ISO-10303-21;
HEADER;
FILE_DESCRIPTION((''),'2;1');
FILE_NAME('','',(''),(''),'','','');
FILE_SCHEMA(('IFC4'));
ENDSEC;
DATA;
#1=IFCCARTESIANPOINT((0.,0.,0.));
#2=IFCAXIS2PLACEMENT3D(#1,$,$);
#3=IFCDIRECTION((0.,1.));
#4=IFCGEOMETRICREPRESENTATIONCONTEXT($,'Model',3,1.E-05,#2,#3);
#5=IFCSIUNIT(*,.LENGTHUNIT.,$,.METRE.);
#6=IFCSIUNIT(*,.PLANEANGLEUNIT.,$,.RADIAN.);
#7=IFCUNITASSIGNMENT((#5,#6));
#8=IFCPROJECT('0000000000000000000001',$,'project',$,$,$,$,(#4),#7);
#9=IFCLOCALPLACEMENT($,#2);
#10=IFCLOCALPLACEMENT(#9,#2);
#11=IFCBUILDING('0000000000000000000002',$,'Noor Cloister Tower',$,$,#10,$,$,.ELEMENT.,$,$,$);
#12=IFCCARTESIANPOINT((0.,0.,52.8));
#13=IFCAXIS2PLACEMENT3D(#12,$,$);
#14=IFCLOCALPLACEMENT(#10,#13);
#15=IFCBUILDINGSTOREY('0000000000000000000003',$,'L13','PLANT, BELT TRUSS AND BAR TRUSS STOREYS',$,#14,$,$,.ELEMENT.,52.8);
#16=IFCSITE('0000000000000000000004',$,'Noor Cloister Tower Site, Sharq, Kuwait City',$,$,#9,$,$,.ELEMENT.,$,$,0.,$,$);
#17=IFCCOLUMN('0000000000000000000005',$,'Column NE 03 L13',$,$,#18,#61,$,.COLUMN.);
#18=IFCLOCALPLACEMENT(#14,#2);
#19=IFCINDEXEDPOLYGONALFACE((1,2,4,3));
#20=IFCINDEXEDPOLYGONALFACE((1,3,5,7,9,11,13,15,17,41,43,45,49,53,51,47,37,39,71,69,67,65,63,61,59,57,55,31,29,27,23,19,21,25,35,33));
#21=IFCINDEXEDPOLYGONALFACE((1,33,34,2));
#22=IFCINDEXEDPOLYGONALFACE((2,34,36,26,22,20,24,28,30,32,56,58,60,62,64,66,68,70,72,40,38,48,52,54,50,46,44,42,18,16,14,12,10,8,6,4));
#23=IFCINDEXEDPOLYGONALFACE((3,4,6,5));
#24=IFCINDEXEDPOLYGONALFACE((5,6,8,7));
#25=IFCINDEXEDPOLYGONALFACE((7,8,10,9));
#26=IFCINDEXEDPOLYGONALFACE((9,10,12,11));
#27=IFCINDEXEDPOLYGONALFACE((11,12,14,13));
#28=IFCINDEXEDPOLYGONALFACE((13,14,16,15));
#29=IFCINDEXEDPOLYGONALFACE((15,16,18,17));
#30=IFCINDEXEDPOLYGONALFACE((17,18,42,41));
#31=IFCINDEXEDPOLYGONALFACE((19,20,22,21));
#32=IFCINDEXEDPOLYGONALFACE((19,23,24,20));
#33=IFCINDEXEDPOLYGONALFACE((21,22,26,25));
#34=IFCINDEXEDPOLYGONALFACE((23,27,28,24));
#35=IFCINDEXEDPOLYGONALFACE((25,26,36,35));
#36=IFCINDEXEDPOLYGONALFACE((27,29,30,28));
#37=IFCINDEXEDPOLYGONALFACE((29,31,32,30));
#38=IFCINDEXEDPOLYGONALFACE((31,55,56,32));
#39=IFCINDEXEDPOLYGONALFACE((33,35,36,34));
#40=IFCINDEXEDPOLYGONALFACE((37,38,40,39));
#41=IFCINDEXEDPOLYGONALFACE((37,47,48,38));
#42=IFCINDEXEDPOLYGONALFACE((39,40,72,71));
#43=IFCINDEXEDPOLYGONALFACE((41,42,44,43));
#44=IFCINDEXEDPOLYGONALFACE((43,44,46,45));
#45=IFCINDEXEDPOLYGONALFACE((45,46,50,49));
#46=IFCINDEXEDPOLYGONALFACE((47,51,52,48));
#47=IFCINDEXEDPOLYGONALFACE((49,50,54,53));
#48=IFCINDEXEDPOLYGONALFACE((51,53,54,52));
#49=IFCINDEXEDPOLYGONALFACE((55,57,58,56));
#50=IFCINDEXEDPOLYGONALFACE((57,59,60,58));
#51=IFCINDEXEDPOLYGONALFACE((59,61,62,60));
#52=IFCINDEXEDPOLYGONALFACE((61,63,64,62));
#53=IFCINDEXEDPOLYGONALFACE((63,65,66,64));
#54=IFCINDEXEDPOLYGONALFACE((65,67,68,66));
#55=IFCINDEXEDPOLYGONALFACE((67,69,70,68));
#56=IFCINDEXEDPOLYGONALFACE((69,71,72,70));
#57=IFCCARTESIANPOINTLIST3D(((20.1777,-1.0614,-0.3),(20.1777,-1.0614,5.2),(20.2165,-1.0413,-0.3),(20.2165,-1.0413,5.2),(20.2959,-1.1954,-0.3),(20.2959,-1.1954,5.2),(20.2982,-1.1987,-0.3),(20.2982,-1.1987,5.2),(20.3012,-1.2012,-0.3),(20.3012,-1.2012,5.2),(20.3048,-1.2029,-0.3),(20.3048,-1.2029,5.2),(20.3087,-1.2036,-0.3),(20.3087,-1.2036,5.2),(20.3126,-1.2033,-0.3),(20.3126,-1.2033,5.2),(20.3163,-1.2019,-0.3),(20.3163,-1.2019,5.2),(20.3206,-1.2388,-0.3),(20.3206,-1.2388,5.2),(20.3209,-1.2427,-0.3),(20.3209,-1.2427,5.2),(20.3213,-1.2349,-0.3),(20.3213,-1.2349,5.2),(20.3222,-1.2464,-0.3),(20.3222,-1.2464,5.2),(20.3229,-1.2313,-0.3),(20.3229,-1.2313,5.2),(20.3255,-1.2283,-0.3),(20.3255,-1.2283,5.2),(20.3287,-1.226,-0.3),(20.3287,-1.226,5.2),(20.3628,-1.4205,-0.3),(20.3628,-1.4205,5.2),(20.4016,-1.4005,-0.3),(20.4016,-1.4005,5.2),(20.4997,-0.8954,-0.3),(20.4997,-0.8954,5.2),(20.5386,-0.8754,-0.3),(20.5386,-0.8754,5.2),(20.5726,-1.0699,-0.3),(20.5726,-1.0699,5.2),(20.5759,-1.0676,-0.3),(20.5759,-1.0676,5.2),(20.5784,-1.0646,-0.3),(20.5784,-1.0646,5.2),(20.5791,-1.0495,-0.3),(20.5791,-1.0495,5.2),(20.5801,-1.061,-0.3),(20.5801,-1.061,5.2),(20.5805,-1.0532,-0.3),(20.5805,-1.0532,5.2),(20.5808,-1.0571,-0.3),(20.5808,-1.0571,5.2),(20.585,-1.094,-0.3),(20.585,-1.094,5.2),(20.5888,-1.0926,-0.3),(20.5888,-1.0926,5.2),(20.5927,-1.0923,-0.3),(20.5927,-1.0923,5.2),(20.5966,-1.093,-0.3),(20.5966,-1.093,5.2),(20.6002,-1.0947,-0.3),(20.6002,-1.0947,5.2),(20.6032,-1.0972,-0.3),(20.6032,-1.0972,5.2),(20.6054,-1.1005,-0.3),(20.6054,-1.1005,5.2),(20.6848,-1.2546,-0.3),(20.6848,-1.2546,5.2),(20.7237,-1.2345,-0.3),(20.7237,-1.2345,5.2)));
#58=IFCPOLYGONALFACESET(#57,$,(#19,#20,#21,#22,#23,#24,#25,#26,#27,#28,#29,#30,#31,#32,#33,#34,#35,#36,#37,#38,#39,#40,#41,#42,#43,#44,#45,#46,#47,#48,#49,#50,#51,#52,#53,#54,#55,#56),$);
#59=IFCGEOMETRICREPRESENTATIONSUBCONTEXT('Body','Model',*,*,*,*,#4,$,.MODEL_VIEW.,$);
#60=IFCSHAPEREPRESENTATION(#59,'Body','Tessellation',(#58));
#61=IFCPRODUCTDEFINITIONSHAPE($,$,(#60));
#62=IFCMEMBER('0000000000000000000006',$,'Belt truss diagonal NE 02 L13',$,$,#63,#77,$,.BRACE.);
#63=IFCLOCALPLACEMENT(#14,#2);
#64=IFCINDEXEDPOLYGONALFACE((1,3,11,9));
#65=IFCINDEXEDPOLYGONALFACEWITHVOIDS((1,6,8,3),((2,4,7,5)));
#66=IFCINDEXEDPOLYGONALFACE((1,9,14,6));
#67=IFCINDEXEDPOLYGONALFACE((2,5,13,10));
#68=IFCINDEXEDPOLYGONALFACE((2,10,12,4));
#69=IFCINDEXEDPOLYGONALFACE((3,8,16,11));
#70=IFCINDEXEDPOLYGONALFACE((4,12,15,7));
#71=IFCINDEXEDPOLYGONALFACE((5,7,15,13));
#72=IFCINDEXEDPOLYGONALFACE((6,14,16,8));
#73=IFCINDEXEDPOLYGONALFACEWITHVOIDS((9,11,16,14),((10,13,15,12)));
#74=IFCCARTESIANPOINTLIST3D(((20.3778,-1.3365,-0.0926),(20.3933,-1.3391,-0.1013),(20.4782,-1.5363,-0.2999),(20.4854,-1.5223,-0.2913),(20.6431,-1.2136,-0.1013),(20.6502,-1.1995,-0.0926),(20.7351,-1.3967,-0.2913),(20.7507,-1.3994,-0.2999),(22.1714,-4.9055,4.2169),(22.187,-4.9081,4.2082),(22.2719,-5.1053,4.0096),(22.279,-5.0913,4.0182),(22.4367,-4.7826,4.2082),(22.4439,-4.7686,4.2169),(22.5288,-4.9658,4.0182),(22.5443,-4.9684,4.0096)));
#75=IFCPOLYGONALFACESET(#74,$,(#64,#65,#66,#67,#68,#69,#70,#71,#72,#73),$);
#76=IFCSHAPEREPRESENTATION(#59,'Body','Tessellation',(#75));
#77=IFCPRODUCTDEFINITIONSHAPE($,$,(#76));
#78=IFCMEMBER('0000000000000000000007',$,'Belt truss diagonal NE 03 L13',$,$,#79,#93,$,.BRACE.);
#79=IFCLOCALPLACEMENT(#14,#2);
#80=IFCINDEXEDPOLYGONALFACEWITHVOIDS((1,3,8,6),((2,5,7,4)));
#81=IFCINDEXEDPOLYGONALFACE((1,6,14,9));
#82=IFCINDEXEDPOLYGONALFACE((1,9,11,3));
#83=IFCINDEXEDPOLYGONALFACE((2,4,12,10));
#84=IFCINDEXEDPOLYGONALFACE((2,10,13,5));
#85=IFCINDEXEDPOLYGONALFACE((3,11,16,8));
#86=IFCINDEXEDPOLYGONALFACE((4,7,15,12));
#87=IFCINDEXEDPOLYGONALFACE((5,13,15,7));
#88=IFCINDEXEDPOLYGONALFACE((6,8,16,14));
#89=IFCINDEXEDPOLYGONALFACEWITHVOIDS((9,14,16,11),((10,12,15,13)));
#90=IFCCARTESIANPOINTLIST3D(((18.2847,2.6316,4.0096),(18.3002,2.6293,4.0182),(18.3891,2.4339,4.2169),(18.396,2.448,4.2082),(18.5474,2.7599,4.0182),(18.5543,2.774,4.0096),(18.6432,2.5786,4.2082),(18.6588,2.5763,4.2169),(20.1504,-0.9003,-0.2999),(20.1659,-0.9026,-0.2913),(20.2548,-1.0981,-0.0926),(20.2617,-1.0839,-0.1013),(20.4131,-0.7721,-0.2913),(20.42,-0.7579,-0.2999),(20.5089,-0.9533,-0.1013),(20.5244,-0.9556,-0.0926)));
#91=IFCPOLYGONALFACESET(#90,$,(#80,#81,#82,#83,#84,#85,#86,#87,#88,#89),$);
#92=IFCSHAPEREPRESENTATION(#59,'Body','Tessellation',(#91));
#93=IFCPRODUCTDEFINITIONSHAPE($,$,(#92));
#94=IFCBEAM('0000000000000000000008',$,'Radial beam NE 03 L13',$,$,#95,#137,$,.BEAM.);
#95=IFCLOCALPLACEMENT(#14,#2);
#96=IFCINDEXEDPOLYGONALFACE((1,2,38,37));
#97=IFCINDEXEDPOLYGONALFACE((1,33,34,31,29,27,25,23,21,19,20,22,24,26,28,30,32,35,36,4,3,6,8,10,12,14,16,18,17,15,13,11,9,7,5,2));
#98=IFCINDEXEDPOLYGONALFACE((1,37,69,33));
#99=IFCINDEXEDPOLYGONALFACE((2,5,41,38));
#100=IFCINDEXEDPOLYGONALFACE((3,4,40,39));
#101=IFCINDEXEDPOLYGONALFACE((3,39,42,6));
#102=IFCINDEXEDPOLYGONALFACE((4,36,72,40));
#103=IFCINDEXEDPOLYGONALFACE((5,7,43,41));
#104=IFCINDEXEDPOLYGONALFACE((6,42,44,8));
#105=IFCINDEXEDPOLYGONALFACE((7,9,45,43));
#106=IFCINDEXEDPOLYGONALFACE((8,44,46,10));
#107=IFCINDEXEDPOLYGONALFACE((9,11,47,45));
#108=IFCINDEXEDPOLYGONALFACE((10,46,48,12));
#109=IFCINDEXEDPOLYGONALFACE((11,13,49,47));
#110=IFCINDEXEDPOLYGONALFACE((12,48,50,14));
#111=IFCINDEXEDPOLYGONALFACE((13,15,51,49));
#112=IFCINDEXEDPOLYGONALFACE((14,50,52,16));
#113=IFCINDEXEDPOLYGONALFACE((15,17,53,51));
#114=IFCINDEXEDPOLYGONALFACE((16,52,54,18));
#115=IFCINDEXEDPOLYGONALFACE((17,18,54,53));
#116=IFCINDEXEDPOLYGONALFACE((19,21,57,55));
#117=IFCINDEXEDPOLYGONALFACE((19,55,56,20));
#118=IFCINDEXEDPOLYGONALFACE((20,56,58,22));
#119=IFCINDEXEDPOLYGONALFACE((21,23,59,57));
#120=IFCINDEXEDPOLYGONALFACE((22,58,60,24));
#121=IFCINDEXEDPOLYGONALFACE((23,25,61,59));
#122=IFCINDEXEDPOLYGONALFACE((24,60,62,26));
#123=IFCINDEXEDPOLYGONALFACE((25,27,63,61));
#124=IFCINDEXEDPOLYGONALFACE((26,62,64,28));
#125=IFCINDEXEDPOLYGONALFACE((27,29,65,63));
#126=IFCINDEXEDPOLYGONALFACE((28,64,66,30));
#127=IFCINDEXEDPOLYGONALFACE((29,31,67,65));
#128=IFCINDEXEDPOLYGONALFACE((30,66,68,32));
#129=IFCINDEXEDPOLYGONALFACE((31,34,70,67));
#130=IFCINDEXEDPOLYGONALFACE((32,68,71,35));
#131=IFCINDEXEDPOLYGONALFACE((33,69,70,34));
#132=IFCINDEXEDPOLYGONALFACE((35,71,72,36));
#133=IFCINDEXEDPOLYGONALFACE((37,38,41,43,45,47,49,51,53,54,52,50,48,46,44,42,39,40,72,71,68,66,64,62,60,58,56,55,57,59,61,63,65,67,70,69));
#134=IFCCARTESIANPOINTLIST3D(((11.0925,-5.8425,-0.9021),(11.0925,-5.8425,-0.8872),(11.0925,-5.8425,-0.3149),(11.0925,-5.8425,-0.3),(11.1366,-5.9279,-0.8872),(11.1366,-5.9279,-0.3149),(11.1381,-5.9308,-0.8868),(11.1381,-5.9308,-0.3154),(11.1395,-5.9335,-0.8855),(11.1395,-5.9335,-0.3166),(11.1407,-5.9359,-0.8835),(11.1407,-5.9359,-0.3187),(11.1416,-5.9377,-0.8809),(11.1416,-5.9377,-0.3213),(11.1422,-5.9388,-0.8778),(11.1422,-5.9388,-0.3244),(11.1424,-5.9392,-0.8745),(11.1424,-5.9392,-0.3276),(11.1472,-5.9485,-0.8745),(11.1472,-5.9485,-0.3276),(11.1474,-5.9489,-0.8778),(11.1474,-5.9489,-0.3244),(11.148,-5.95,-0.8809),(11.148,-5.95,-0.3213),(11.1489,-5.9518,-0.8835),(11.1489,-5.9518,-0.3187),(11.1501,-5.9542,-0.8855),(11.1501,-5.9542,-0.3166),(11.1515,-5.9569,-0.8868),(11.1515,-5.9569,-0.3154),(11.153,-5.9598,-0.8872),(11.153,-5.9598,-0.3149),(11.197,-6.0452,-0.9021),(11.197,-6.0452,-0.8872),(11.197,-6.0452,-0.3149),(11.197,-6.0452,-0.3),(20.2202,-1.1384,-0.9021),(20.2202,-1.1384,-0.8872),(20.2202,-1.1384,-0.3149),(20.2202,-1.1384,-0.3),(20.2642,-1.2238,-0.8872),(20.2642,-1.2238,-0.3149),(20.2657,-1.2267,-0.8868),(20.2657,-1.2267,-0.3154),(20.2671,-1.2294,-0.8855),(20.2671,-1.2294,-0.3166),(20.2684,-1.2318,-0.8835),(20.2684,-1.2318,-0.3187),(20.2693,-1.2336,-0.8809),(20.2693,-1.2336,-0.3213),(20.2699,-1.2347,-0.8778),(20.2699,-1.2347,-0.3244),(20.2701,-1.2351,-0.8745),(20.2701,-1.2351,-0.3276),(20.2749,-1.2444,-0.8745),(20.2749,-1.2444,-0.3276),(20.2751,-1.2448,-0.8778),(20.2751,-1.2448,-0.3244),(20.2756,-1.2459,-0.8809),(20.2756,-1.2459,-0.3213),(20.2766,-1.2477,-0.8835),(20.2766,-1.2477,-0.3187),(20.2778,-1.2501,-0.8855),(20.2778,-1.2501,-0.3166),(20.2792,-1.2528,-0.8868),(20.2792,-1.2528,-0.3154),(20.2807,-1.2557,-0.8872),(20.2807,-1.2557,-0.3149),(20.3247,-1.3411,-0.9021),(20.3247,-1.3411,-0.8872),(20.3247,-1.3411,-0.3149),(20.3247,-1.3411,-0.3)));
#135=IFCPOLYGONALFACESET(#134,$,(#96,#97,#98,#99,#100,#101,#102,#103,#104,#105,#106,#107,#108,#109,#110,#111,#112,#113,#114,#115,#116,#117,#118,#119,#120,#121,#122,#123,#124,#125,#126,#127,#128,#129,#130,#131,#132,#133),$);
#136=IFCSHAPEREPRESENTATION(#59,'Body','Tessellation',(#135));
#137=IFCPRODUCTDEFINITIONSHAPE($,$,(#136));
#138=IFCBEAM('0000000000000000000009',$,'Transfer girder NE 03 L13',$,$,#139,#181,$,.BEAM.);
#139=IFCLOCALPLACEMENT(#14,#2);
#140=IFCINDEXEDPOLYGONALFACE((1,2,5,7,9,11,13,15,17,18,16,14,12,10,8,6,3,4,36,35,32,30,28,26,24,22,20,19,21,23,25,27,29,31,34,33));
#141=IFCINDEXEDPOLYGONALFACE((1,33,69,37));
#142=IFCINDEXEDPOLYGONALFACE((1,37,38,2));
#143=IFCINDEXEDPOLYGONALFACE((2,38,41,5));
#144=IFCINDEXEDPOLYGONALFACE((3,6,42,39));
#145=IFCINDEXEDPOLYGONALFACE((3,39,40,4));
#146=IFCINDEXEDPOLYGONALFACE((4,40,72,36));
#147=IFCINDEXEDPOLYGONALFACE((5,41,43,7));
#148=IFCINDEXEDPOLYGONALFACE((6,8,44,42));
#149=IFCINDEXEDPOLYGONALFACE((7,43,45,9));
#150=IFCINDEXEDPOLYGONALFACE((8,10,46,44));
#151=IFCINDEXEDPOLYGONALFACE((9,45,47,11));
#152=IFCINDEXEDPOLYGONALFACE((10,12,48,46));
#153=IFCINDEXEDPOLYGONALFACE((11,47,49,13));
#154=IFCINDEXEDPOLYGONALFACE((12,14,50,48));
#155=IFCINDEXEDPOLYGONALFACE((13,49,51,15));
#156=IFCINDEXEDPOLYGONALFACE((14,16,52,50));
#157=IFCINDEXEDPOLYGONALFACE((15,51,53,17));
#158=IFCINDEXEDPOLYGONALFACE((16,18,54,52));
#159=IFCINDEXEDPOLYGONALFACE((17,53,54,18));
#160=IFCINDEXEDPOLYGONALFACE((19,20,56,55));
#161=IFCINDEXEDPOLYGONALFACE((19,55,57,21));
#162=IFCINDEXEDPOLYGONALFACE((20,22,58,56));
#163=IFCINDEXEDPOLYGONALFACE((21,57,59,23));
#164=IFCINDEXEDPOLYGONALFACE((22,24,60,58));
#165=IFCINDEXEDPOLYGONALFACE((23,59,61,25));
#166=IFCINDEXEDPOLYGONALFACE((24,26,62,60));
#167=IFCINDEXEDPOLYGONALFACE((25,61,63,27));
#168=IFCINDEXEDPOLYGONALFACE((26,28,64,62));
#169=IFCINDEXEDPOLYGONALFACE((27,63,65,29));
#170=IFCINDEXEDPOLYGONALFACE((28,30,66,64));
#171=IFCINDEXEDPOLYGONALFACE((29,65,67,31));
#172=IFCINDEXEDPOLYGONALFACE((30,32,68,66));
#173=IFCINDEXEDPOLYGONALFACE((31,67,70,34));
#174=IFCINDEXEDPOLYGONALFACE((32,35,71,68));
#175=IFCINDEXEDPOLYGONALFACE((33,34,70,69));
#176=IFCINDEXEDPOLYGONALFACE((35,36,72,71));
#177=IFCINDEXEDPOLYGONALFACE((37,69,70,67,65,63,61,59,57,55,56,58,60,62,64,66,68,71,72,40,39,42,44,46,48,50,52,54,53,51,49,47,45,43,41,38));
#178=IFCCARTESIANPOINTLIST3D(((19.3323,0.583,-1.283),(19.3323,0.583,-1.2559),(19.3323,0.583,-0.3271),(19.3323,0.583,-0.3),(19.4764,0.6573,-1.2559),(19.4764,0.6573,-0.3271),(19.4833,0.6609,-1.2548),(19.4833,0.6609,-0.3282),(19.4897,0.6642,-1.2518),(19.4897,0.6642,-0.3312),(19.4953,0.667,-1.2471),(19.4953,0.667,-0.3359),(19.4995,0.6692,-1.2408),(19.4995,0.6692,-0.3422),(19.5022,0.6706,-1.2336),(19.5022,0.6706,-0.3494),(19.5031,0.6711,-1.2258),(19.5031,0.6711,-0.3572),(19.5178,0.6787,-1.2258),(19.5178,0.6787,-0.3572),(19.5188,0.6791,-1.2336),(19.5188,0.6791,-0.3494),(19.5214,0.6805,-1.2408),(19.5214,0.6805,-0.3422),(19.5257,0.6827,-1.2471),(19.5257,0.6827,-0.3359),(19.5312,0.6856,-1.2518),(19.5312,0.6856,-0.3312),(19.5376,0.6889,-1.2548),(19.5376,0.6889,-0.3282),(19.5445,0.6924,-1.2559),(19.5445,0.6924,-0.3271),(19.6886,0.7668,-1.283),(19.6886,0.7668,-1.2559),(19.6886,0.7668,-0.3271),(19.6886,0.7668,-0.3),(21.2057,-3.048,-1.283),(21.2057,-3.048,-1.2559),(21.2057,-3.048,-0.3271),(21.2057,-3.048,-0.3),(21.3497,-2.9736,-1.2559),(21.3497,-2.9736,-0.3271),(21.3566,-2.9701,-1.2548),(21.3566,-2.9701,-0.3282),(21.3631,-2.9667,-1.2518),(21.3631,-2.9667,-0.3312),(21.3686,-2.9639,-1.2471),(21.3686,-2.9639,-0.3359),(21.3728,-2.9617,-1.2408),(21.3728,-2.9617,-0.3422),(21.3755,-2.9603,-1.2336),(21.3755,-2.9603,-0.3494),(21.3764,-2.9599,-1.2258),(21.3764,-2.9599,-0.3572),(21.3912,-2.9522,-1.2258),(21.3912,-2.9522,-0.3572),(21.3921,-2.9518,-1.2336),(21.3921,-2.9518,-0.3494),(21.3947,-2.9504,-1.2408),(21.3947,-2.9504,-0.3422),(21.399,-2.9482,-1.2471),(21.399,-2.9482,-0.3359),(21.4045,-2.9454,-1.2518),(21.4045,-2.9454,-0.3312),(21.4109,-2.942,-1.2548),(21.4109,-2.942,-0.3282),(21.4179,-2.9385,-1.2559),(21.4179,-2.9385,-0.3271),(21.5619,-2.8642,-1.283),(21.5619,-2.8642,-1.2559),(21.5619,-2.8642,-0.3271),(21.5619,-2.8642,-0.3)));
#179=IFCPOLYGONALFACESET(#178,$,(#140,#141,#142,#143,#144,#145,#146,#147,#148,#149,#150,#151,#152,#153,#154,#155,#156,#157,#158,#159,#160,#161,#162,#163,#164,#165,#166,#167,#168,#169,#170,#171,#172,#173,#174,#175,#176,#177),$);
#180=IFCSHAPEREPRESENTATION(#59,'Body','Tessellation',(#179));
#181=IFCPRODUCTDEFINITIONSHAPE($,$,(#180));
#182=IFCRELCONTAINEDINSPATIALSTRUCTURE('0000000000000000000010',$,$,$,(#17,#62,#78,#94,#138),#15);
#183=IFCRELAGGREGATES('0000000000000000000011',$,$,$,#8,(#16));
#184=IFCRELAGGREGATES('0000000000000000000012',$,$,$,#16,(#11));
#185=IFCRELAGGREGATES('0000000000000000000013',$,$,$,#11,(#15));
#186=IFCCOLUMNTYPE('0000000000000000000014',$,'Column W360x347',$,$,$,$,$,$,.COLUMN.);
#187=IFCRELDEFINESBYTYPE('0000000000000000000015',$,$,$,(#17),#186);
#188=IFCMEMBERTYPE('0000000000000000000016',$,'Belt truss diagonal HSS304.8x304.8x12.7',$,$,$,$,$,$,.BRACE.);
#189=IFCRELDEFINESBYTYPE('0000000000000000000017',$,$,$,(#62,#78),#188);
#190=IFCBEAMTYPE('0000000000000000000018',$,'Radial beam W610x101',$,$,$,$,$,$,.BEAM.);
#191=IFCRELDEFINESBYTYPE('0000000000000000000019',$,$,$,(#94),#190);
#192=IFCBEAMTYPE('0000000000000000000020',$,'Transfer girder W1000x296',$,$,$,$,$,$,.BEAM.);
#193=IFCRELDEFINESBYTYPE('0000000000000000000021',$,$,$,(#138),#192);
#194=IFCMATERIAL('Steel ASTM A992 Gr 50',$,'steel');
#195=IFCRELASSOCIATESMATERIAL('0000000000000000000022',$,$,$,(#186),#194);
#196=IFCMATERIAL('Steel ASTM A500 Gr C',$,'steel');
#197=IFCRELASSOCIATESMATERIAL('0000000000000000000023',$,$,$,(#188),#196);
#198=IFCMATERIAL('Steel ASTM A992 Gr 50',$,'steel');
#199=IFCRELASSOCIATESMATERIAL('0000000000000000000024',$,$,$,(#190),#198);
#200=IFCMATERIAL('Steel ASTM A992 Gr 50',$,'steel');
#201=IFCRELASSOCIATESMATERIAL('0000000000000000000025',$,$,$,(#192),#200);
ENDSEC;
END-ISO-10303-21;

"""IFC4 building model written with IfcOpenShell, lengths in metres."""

from ifc_helpers import new_model, si_unit, direction, frame, origin, origin_2d, place, context, subcontext, project, spatial, hollow_rectangle, i_section, extrude, material, material_profile, profile_set, type_object, element, save


model = new_model("IFC4")

# Units and contexts
model_context = context("Model", 3, precision=1e-05, world=origin(), true_north=direction((0.0, 1.0)))
body_context = subcontext(model_context, "Body", "Model", "MODEL_VIEW")
ifc_project = project(units=[si_unit("LENGTHUNIT", "METRE"), si_unit("PLANEANGLEUNIT", "RADIAN")], contexts=[model_context])

# Site, building, storey
site_placement = place(None, origin())
site = spatial("IfcSite", under=ifc_project, at=site_placement, Name="Noor Cloister Tower Site, Sharq, Kuwait City", CompositionType="ELEMENT", RefElevation=0.0)
building_placement = place(site_placement, origin())
building = spatial("IfcBuilding", under=site, at=building_placement, Name="Noor Cloister Tower", CompositionType="ELEMENT")
storey_placement = place(building_placement, frame((0.0, 0.0, 52.8)))
storey = spatial("IfcBuildingStorey", under=building, at=storey_placement, Name="L13", Description="PLANT, BELT TRUSS AND BAR TRUSS STOREYS", CompositionType="ELEMENT", Elevation=52.8)

# Column
ifc_material_1 = material(Name="Steel ASTM A992 Gr 50", Category="steel")
ifc_material_profile_1 = material_profile(ifc_material_1, i_section(OverallWidth=0.4041, OverallDepth=0.406, WebThickness=0.0271, FlangeThickness=0.0437, FilletRadius=0.0151, at=origin_2d()), Name="W360x347")
ifc_profile_set_1 = profile_set([ifc_material_profile_1], Name="Steel ASTM A992 Gr 50")
column_type = type_object("IfcColumnType", Name="Column W360x347", PredefinedType="COLUMN", material=ifc_profile_set_1)
column_placement = place(storey_placement, frame((20.4507, -1.1479, -0.3), z_axis=(0.0, 0.0, 1.0), x_axis=(-0.458101, 0.8889, 0.0)))
element("IfcColumn", 1, at=column_placement, inside=storey, type_object=column_type, Name="Column NE 03 L13", PredefinedType="COLUMN", context=body_context, shape_type="SweptSolid", body=[
    extrude(i_section(OverallWidth=0.4041, OverallDepth=0.406, WebThickness=0.0271, FlangeThickness=0.0437, FilletRadius=0.0151, at=origin_2d()), origin(), (0.0, 0.0, 1.0), 5.5),
])

# Members
ifc_material_2 = material(Name="Steel ASTM A500 Gr C", Category="steel")
ifc_material_profile_2 = material_profile(ifc_material_2, hollow_rectangle(XDim=0.3049, YDim=0.3049, WallThickness=0.0127, at=origin_2d()), Name="HSS304.8x304.8x12.7")
ifc_profile_set_2 = profile_set([ifc_material_profile_2], Name="Steel ASTM A500 Gr C")
member_type = type_object("IfcMemberType", Name="Belt truss diagonal HSS304.8x304.8x12.7", PredefinedType="BRACE", material=ifc_profile_set_2)
for number, where, z_axis, x_axis, name in (
    (2, (20.5642, -1.3679, -0.1963), (0.305255, -0.607395, 0.733411), (0.893509, 0.449046, 0.0), "Belt truss diagonal NE 02 L13"),
    (3, (20.3374, -0.928, -0.1963), (-0.317512, 0.601079, 0.73341), (-0.884217, -0.467076, 0.0), "Belt truss diagonal NE 03 L13"),
):
    element("IfcMember", number, at=place(storey_placement, frame(where, z_axis=z_axis, x_axis=x_axis)), inside=storey, type_object=member_type, Name=name, PredefinedType="BRACE", context=body_context, shape_type="SweptSolid", body=[
        extrude(hollow_rectangle(XDim=0.3049, YDim=0.3049, WallThickness=0.0127, at=origin_2d()), origin(), (0.0, 0.0, 1.0), 5.876),
    ])

# Beams
ifc_material_3 = material(Name="Steel ASTM A992 Gr 50", Category="steel")
ifc_material_profile_3 = material_profile(ifc_material_3, i_section(OverallWidth=0.228, OverallDepth=0.6021, WebThickness=0.0105, FlangeThickness=0.0149, FilletRadius=0.0127, at=origin_2d()), Name="W610x101")
ifc_profile_set_3 = profile_set([ifc_material_profile_3], Name="Steel ASTM A992 Gr 50")
beam_type_1 = type_object("IfcBeamType", Name="Radial beam W610x101", PredefinedType="BEAM", material=ifc_profile_set_3)
beam_1_placement = place(storey_placement, frame((20.2725, -1.2397, -0.6011), z_axis=(-0.888897, -0.458107, 0.0), x_axis=(0.458107, -0.888897, 0.0)))
element("IfcBeam", 4, at=beam_1_placement, inside=storey, type_object=beam_type_1, Name="Radial beam NE 03 L13", PredefinedType="BEAM", context=body_context, shape_type="SweptSolid", body=[
    extrude(i_section(OverallWidth=0.228, OverallDepth=0.6021, WebThickness=0.0105, FlangeThickness=0.0149, FilletRadius=0.0127, at=origin_2d()), origin(), (0.0, 0.0, 1.0), 10.2686),
])
ifc_material_4 = material(Name="Steel ASTM A992 Gr 50", Category="steel")
ifc_material_profile_4 = material_profile(ifc_material_4, i_section(OverallWidth=0.4009, OverallDepth=0.9829, WebThickness=0.0166, FlangeThickness=0.0271, FilletRadius=0.03, at=origin_2d()), Name="W1000x296")
ifc_profile_set_4 = profile_set([ifc_material_profile_4], Name="Steel ASTM A992 Gr 50")
beam_type_2 = type_object("IfcBeamType", Name="Transfer girder W1000x296", PredefinedType="BEAM", material=ifc_profile_set_4)
beam_2_placement = place(storey_placement, frame((21.3838, -2.9561, -0.7915), z_axis=(-0.458507, 0.888691, 0.0), x_axis=(-0.888691, -0.458507, 0.0)))
element("IfcBeam", 5, at=beam_2_placement, inside=storey, type_object=beam_type_2, Name="Transfer girder NE 03 L13", PredefinedType="BEAM", context=body_context, shape_type="SweptSolid", body=[
    extrude(i_section(OverallWidth=0.4009, OverallDepth=0.9829, WebThickness=0.0166, FlangeThickness=0.0271, FilletRadius=0.03, at=origin_2d()), origin(), (0.0, 0.0, 1.0), 4.0857),
])

save(model, "model.ifc")
